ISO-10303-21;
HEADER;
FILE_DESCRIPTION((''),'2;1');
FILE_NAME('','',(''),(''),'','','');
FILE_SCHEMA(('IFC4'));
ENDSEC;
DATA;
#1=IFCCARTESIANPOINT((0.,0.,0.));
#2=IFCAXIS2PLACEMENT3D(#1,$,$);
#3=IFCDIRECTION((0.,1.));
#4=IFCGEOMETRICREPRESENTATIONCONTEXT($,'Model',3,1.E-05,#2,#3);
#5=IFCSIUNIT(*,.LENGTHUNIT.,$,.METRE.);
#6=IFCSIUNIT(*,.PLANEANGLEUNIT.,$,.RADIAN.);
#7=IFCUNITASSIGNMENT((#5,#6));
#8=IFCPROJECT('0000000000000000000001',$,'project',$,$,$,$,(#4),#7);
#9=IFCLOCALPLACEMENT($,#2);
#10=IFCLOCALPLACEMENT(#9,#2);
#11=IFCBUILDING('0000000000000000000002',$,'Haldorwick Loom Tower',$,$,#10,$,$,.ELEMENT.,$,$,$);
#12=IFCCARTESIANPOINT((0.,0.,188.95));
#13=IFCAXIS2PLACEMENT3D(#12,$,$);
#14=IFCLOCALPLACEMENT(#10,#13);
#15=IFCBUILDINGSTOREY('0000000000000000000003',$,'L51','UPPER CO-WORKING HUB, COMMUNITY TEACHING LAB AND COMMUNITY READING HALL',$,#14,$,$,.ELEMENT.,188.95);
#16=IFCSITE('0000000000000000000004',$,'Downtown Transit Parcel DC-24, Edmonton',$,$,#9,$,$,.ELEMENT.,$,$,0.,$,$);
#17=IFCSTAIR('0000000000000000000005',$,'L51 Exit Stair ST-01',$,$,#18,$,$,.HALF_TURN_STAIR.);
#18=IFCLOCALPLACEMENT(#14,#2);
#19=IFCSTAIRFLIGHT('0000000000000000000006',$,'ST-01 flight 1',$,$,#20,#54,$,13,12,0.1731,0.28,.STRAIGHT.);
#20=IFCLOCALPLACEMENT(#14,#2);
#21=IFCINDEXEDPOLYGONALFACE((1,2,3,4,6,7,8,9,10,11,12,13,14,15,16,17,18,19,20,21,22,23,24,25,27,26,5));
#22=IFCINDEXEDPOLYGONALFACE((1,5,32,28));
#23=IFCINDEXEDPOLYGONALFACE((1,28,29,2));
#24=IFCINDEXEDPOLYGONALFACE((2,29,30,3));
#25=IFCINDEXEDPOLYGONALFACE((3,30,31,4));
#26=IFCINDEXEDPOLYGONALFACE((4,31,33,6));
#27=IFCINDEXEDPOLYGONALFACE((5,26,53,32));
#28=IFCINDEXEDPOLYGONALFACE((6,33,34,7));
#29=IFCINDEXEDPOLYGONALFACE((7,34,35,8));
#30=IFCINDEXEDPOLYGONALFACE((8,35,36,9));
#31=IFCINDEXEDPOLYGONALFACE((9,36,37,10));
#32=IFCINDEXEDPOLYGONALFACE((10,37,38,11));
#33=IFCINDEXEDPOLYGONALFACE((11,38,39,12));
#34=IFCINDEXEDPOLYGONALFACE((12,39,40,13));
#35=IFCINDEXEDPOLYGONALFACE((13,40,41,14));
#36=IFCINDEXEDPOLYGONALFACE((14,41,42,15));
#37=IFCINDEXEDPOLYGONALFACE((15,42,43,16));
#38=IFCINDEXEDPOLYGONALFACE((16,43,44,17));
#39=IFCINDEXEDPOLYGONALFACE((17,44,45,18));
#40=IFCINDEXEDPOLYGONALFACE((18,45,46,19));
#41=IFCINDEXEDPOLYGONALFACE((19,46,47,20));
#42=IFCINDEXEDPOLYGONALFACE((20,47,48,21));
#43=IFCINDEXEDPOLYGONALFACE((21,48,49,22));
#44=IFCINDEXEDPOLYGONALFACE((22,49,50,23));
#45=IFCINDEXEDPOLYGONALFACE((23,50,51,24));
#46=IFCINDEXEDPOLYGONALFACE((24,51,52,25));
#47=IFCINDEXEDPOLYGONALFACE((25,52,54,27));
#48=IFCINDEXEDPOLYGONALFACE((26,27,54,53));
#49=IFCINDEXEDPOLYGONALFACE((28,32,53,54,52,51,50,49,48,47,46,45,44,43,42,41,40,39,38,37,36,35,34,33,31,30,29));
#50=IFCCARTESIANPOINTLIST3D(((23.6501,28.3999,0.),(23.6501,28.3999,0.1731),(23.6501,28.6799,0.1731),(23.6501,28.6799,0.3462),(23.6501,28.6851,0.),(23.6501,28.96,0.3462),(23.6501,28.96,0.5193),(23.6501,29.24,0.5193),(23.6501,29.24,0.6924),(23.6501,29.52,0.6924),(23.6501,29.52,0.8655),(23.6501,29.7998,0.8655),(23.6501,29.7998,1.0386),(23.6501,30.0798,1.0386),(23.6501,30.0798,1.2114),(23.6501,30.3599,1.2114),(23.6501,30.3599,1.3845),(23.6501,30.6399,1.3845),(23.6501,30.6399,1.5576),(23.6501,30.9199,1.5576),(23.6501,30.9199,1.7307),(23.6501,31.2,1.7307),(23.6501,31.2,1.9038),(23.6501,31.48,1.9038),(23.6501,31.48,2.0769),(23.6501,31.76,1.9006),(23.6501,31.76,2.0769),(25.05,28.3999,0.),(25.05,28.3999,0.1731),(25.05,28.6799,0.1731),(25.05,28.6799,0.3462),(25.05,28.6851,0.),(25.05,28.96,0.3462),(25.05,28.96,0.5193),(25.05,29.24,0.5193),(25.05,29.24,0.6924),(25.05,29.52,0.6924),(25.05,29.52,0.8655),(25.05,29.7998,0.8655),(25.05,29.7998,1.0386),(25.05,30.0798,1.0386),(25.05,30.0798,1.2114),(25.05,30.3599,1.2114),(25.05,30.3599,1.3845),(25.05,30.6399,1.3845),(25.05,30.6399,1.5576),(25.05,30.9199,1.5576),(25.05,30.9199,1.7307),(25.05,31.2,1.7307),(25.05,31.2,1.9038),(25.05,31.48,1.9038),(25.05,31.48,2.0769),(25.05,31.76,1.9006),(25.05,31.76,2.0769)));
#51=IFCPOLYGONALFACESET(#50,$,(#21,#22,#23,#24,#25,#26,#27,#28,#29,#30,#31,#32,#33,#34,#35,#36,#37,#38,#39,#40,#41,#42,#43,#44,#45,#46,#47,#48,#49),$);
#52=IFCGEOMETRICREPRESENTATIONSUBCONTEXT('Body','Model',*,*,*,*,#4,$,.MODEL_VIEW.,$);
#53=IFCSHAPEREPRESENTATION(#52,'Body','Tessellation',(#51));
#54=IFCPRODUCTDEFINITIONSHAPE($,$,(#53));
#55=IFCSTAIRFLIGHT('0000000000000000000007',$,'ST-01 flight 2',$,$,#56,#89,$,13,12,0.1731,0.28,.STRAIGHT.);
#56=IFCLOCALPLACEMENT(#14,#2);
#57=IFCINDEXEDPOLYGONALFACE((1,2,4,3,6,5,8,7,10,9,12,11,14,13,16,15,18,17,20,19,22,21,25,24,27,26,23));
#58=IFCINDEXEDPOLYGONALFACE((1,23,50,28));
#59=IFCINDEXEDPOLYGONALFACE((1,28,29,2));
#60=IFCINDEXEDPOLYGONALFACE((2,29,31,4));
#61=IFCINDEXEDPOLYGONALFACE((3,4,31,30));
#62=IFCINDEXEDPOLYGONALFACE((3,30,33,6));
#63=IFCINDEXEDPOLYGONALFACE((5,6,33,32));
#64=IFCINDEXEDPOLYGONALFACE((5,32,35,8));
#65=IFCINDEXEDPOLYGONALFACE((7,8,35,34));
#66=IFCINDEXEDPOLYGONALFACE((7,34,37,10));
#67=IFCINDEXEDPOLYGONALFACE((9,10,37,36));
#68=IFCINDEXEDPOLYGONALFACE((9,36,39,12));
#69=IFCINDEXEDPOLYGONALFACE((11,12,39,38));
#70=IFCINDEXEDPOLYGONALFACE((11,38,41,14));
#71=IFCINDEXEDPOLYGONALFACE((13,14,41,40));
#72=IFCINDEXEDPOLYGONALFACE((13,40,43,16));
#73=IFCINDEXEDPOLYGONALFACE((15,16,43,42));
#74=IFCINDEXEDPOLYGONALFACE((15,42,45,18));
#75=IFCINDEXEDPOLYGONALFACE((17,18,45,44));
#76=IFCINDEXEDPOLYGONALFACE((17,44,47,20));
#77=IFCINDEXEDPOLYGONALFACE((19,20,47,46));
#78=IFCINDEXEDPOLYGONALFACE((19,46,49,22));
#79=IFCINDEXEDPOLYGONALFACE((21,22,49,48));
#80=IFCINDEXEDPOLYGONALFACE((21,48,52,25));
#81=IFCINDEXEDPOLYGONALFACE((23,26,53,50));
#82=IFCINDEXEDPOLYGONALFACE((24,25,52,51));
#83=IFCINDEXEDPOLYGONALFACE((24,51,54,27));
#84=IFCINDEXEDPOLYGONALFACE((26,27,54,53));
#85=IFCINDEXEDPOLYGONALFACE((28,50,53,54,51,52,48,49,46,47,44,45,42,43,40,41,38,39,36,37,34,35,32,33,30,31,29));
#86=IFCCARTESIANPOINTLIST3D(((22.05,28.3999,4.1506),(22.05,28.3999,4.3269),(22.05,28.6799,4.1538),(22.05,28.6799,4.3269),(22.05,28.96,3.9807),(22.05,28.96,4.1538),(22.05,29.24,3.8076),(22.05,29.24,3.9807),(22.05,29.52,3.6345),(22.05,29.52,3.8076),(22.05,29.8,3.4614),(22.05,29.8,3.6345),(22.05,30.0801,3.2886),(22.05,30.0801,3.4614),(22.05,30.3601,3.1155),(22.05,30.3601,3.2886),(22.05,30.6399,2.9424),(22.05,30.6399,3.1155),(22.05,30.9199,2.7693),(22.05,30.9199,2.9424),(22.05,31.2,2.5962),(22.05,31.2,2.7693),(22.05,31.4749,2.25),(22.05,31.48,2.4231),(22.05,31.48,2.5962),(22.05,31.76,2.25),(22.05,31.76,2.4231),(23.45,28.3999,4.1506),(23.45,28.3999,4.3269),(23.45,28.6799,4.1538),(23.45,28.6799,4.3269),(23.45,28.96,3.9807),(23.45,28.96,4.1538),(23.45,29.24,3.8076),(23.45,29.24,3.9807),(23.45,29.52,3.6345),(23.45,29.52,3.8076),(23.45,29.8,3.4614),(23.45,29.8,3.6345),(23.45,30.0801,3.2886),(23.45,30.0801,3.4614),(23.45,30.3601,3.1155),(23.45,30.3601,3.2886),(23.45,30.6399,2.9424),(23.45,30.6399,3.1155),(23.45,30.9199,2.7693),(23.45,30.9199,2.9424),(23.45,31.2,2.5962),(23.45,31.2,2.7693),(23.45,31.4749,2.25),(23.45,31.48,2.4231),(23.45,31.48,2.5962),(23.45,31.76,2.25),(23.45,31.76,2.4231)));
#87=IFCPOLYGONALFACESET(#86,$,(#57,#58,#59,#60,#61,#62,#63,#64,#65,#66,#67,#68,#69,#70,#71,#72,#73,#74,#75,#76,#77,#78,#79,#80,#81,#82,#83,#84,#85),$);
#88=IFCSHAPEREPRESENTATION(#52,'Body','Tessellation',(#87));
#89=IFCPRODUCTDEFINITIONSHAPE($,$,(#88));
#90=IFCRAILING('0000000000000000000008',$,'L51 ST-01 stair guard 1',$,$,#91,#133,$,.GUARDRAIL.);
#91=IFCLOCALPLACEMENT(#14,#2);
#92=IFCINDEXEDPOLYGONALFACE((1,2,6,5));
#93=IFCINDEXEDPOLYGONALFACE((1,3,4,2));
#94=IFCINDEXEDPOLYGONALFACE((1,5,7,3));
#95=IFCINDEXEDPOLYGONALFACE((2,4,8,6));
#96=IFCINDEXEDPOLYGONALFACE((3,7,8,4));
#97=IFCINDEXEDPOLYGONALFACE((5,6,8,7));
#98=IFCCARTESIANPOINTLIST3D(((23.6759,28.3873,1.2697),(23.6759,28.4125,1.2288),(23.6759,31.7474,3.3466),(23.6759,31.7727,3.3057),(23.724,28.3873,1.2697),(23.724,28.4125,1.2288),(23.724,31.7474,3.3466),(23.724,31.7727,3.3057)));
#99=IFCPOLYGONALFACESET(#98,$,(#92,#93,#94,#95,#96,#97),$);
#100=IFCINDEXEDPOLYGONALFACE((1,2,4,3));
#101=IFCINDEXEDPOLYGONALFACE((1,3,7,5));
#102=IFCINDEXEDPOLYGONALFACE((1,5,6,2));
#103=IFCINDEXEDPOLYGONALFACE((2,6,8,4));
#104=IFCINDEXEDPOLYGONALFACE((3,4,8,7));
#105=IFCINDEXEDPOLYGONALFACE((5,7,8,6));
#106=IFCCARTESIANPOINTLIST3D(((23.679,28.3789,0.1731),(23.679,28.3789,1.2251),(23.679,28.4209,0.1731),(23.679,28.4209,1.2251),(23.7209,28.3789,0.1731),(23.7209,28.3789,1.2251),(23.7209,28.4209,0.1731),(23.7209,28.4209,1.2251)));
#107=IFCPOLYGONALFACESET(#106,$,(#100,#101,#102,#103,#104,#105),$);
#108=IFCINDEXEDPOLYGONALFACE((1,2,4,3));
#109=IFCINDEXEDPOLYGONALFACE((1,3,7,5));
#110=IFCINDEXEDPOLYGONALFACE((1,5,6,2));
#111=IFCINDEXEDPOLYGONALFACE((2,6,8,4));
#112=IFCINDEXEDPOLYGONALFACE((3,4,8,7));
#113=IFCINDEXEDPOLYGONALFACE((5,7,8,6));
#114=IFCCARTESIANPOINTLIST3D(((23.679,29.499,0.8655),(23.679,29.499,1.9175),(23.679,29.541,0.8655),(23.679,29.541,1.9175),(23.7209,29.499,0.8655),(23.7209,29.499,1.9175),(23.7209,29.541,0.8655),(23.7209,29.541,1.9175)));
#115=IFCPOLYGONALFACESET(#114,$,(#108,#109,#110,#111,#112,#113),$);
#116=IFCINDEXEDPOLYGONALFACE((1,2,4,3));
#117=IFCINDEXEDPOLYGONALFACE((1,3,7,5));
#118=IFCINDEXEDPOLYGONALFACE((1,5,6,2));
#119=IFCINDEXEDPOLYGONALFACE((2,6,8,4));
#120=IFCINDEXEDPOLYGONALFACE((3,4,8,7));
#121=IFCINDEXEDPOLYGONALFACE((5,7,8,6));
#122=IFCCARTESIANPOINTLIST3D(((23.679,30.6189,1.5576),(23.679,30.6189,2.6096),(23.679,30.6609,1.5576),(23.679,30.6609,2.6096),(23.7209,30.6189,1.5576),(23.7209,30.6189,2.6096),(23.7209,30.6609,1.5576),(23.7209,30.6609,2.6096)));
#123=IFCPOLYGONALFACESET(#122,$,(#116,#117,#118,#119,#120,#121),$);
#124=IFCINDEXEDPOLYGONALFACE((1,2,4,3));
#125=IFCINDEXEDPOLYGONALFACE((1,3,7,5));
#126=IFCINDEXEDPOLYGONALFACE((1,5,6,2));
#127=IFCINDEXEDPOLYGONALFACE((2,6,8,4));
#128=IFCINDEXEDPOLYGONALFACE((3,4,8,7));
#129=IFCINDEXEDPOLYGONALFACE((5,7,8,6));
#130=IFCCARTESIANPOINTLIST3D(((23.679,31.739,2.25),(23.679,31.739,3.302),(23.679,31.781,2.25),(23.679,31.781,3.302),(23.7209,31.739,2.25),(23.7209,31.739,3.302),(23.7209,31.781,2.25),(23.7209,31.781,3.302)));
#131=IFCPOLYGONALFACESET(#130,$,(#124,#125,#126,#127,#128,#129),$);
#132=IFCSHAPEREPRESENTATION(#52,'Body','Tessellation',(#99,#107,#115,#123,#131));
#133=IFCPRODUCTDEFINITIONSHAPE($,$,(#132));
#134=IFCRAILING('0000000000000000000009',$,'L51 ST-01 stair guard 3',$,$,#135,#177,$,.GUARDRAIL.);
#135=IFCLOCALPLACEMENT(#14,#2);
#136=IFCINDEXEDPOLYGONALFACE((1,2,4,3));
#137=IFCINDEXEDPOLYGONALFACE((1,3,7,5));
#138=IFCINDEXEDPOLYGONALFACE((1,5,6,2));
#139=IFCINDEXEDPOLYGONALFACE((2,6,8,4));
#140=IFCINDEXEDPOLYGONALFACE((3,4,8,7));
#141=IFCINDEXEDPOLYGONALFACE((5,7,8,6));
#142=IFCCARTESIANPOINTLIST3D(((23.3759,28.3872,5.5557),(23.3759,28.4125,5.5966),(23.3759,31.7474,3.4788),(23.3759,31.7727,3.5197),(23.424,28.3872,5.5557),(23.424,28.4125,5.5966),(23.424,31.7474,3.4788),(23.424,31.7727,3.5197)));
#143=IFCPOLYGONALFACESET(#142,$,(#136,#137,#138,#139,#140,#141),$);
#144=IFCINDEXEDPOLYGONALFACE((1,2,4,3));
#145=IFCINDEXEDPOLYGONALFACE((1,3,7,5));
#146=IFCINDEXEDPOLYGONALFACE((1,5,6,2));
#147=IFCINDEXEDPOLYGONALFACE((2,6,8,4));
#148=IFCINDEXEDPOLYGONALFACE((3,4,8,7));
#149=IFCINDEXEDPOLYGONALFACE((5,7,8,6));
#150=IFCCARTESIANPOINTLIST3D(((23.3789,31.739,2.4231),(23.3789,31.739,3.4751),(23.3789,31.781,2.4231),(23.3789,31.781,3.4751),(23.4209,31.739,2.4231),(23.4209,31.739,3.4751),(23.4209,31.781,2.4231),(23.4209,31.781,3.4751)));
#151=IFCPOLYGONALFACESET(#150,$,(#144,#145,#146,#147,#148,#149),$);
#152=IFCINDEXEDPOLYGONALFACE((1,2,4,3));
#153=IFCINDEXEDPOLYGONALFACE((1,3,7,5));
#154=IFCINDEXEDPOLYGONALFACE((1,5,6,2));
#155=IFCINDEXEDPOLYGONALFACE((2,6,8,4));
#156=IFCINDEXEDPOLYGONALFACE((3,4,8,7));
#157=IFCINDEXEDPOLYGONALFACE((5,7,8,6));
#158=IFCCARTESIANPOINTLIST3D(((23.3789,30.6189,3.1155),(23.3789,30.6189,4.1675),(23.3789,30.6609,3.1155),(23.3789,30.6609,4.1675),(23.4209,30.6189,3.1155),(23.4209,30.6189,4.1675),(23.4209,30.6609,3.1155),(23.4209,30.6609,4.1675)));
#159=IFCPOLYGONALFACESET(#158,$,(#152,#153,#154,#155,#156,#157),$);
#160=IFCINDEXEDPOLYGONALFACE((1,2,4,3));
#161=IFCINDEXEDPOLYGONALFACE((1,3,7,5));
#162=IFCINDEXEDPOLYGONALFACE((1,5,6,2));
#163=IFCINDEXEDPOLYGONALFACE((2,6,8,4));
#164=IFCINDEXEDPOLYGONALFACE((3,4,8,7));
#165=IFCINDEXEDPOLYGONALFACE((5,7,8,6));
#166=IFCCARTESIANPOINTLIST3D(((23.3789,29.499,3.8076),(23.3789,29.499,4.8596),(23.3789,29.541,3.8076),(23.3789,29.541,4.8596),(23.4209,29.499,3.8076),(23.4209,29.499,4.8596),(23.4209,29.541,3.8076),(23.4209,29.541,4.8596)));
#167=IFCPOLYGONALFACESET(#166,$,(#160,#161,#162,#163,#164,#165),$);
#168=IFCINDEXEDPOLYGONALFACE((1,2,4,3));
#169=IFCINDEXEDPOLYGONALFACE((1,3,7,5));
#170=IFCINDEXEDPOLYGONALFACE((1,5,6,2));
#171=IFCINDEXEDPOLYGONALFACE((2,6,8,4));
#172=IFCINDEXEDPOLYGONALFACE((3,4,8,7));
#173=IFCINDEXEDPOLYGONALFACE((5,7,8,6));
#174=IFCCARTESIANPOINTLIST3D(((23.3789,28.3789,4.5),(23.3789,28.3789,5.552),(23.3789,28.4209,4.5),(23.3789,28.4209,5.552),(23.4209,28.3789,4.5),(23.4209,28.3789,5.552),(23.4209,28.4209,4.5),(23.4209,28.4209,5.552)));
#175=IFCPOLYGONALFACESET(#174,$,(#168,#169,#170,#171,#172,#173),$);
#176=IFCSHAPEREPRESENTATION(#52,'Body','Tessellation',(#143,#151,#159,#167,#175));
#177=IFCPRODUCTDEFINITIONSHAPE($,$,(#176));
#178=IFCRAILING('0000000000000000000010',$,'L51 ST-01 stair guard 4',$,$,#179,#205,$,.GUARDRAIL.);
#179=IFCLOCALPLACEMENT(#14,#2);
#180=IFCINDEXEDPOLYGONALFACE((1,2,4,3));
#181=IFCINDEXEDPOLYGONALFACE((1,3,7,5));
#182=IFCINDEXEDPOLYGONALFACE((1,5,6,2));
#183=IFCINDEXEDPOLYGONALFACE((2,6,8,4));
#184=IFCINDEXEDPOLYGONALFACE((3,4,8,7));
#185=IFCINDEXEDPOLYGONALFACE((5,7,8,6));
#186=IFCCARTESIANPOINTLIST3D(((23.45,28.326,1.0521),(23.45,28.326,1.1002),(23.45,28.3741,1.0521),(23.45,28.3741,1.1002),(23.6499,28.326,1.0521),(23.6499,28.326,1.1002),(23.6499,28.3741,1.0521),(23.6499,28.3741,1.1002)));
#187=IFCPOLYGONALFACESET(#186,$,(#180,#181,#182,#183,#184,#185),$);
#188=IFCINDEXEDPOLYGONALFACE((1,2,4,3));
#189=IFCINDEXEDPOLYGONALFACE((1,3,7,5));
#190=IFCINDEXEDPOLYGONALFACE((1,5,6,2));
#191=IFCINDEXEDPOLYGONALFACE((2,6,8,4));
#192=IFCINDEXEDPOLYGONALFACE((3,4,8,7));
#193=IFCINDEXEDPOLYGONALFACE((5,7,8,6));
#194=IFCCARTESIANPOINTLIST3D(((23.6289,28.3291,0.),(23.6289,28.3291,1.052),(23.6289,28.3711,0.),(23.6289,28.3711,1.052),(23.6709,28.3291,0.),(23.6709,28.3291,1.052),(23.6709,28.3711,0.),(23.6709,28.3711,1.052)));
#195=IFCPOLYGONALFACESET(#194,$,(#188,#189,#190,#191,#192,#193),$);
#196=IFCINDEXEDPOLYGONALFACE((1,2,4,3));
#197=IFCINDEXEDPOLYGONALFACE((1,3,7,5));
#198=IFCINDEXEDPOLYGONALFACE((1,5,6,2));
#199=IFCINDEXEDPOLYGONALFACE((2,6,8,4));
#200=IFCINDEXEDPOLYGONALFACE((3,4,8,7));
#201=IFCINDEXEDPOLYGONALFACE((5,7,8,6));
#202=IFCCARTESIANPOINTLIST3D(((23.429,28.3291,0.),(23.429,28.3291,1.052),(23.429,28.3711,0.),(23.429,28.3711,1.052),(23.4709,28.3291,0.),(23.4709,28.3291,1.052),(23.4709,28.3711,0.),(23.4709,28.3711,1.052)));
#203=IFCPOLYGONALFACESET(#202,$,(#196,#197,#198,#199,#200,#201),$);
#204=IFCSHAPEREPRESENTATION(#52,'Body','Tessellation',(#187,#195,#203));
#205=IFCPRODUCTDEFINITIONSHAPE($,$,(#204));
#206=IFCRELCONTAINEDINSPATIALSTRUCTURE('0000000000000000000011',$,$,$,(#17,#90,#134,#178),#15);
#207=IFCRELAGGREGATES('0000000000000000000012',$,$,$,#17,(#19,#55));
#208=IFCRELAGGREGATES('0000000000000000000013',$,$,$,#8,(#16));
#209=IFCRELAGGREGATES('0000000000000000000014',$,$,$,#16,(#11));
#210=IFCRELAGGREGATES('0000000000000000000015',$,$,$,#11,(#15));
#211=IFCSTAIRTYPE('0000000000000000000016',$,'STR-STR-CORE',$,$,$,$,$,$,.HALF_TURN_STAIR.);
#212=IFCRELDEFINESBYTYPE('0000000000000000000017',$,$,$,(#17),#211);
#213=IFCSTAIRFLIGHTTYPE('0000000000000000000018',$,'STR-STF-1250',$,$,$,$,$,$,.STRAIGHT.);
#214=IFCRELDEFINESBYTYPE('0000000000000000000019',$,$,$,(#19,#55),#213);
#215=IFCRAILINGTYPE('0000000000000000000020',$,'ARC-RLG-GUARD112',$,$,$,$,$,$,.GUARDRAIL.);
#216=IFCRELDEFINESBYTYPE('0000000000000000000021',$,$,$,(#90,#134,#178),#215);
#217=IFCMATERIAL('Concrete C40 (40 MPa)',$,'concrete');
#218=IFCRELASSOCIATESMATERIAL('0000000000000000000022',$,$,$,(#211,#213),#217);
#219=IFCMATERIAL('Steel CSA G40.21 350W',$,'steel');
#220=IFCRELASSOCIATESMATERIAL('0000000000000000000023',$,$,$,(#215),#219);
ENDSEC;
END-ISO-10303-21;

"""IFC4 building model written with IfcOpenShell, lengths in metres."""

from ifc_helpers import new_model, si_unit, direction, frame, origin, origin_2d, place, context, subcontext, project, spatial, polyline, rectangle, outline, extrude, material, type_object, element, aggregate, save


model = new_model("IFC4")

# Units and contexts
model_context = context("Model", 3, precision=1e-05, world=origin(), true_north=direction((0.0, 1.0)))
body_context = subcontext(model_context, "Body", "Model", "MODEL_VIEW")
ifc_project = project(units=[si_unit("LENGTHUNIT", "METRE"), si_unit("PLANEANGLEUNIT", "RADIAN")], contexts=[model_context])

# Site, building, storey
site_placement = place(None, origin())
site = spatial("IfcSite", under=ifc_project, at=site_placement, Name="Downtown Transit Parcel DC-24, Edmonton", CompositionType="ELEMENT", RefElevation=0.0)
building_placement = place(site_placement, origin())
building = spatial("IfcBuilding", under=site, at=building_placement, Name="Haldorwick Loom Tower", CompositionType="ELEMENT")
storey_placement = place(building_placement, frame((0.0, 0.0, 188.95)))
storey = spatial("IfcBuildingStorey", under=building, at=storey_placement, Name="L51", Description="UPPER CO-WORKING HUB, COMMUNITY TEACHING LAB AND COMMUNITY READING HALL", CompositionType="ELEMENT", Elevation=188.95)

# Shared definitions
ifc_material_1 = material(Name="Steel CSA G40.21 350W", Category="steel")

# Stair, stair flights
ifc_material_2 = material(Name="Concrete C40 (40 MPa)", Category="concrete")
stair_type = type_object("IfcStairType", Name="STR-STR-CORE", PredefinedType="HALF_TURN_STAIR", material=ifc_material_2)
stair_placement = place(storey_placement, origin())
stair = element("IfcStair", 1, at=stair_placement, inside=storey, type_object=stair_type, Name="L51 Exit Stair ST-01", PredefinedType="HALF_TURN_STAIR")
stair_flight_type = type_object("IfcStairFlightType", Name="STR-STF-1250", PredefinedType="STRAIGHT", material=ifc_material_2)
stair_flight_1_placement = place(storey_placement, frame((24.3501, 28.3999, 0.0), z_axis=(0.0, 0.0, 1.0), x_axis=(0.0, 1.0, 0.0)))
stair_flight_1 = element("IfcStairFlight", 2, at=stair_flight_1_placement, type_object=stair_flight_type, Name="ST-01 flight 1", NumberOfRisers=13, NumberOfTreads=12, PredefinedType="STRAIGHT", RiserHeight=0.1731, TreadLength=0.28, context=body_context, shape_type="SweptSolid", body=[
    extrude(outline(polyline([(0.0, 0.0), (0.0, 0.1731), (0.28, 0.1731), (0.28, 0.3462), (0.5601, 0.3462), (0.5601, 0.5193), (0.8401, 0.5193), (0.8401, 0.6924), (1.1201, 0.6924), (1.1201, 0.8655), (1.3999, 0.8655), (1.3999, 1.0386), (1.6799, 1.0386), (1.6799, 1.2114), (1.96, 1.2114), (1.96, 1.3845), (2.24, 1.3845), (2.24, 1.5576), (2.52, 1.5576), (2.52, 1.7307), (2.8, 1.7307), (2.8, 1.9038), (3.0801, 1.9038), (3.0801, 2.0769), (3.3601, 2.0769), (3.3601, 2.25), (3.3601, 1.9006), (0.2852, 0.0), (0.0, 0.0)])), frame((0.0, 0.7, 0.0), z_axis=(0.0, -1.0, 0.0), x_axis=(1.0, 0.0, 0.0)), (0.0, 0.0, 1.0), 1.3999),
])
stair_flight_2_placement = place(storey_placement, frame((22.75, 31.76, 2.25), z_axis=(0.0, 0.0, 1.0), x_axis=(0.0, -1.0, 0.0)))
stair_flight_2 = element("IfcStairFlight", 3, at=stair_flight_2_placement, type_object=stair_flight_type, Name="ST-01 flight 2", NumberOfRisers=13, NumberOfTreads=12, PredefinedType="STRAIGHT", RiserHeight=0.1731, TreadLength=0.28, context=body_context, shape_type="SweptSolid", body=[
    extrude(outline(polyline([(0.0, 0.0), (0.0, 0.1731), (0.28, 0.1731), (0.28, 0.3462), (0.5601, 0.3462), (0.5601, 0.5193), (0.8401, 0.5193), (0.8401, 0.6924), (1.1201, 0.6924), (1.1201, 0.8655), (1.3999, 0.8655), (1.3999, 1.0386), (1.6799, 1.0386), (1.6799, 1.2114), (1.96, 1.2114), (1.96, 1.3845), (2.24, 1.3845), (2.24, 1.5576), (2.52, 1.5576), (2.52, 1.7307), (2.8, 1.7307), (2.8, 1.9038), (3.0801, 1.9038), (3.0801, 2.0769), (3.3601, 2.0769), (3.3601, 2.25), (3.3601, 1.9006), (0.2852, 0.0), (0.0, 0.0)])), frame((0.0, 0.7, 0.0), z_axis=(0.0, -1.0, 0.0), x_axis=(1.0, 0.0, 0.0)), (0.0, 0.0, 1.0), 1.3999),
])
aggregate(stair, [stair_flight_1, stair_flight_2])

# Railings
railing_type_1 = type_object("IfcRailingType", Name="ARC-RLG-GUARD112", PredefinedType="GUARDRAIL", material=ifc_material_1)
railing_1_placement = place(storey_placement, frame((23.7, 28.3999, 0.1731)))
element("IfcRailing", 4, at=railing_1_placement, inside=storey, type_object=railing_type_1, Name="L51 ST-01 stair guard 1", PredefinedType="GUARDRAIL", context=body_context, shape_type="SweptSolid", body=[
    extrude(rectangle(XDim=0.0481, YDim=0.0481, at=origin_2d()), frame((0.0, 0.0, 1.0762), z_axis=(0.0, 0.850623, 0.525776), x_axis=(-1.0, 0.0, 0.0)), (0.0, 0.0, 1.0), 3.9502),
    extrude(rectangle(XDim=0.042, YDim=0.042, at=origin_2d()), origin(), (0.0, 0.0, 1.0), 1.052),
    extrude(rectangle(XDim=0.042, YDim=0.042, at=origin_2d()), frame((0.0, 1.1201, 0.6924)), (0.0, 0.0, 1.0), 1.052),
    extrude(rectangle(XDim=0.042, YDim=0.042, at=origin_2d()), frame((0.0, 2.24, 1.3845)), (0.0, 0.0, 1.0), 1.052),
    extrude(rectangle(XDim=0.042, YDim=0.042, at=origin_2d()), frame((0.0, 3.3601, 2.0769)), (0.0, 0.0, 1.0), 1.052),
])
railing_2_placement = place(storey_placement, frame((23.3999, 31.76, 2.4231)))
element("IfcRailing", 5, at=railing_2_placement, inside=storey, type_object=railing_type_1, Name="L51 ST-01 stair guard 3", PredefinedType="GUARDRAIL", context=body_context, shape_type="SweptSolid", body=[
    extrude(rectangle(XDim=0.0481, YDim=0.0481, at=origin_2d()), frame((0.0, 0.0, 1.0762), z_axis=(0.0, -0.850623, 0.525776), x_axis=(1.0, 0.0, 0.0)), (0.0, 0.0, 1.0), 3.9502),
    extrude(rectangle(XDim=0.042, YDim=0.042, at=origin_2d()), origin(), (0.0, 0.0, 1.0), 1.052),
    extrude(rectangle(XDim=0.042, YDim=0.042, at=origin_2d()), frame((0.0, -1.1201, 0.6924)), (0.0, 0.0, 1.0), 1.052),
    extrude(rectangle(XDim=0.042, YDim=0.042, at=origin_2d()), frame((0.0, -2.24, 1.3845)), (0.0, 0.0, 1.0), 1.052),
    extrude(rectangle(XDim=0.042, YDim=0.042, at=origin_2d()), frame((0.0, -3.3601, 2.0769)), (0.0, 0.0, 1.0), 1.052),
])
railing_3_placement = place(storey_placement, frame((23.6499, 28.3501, 0.0)))
element("IfcRailing", 6, at=railing_3_placement, inside=storey, type_object=railing_type_1, Name="L51 ST-01 stair guard 4", PredefinedType="GUARDRAIL", context=body_context, shape_type="SweptSolid", body=[
    extrude(rectangle(XDim=0.0481, YDim=0.0481, at=origin_2d()), frame((0.0, 0.0, 1.0762), z_axis=(-1.0, 0.0, 0.0), x_axis=(0.0, -1.0, 0.0)), (0.0, 0.0, 1.0), 0.2),
    extrude(rectangle(XDim=0.042, YDim=0.042, at=origin_2d()), origin(), (0.0, 0.0, 1.0), 1.052),
    extrude(rectangle(XDim=0.042, YDim=0.042, at=origin_2d()), frame((-0.2, 0.0, 0.0)), (0.0, 0.0, 1.0), 1.052),
])

save(model, "model.ifc")
